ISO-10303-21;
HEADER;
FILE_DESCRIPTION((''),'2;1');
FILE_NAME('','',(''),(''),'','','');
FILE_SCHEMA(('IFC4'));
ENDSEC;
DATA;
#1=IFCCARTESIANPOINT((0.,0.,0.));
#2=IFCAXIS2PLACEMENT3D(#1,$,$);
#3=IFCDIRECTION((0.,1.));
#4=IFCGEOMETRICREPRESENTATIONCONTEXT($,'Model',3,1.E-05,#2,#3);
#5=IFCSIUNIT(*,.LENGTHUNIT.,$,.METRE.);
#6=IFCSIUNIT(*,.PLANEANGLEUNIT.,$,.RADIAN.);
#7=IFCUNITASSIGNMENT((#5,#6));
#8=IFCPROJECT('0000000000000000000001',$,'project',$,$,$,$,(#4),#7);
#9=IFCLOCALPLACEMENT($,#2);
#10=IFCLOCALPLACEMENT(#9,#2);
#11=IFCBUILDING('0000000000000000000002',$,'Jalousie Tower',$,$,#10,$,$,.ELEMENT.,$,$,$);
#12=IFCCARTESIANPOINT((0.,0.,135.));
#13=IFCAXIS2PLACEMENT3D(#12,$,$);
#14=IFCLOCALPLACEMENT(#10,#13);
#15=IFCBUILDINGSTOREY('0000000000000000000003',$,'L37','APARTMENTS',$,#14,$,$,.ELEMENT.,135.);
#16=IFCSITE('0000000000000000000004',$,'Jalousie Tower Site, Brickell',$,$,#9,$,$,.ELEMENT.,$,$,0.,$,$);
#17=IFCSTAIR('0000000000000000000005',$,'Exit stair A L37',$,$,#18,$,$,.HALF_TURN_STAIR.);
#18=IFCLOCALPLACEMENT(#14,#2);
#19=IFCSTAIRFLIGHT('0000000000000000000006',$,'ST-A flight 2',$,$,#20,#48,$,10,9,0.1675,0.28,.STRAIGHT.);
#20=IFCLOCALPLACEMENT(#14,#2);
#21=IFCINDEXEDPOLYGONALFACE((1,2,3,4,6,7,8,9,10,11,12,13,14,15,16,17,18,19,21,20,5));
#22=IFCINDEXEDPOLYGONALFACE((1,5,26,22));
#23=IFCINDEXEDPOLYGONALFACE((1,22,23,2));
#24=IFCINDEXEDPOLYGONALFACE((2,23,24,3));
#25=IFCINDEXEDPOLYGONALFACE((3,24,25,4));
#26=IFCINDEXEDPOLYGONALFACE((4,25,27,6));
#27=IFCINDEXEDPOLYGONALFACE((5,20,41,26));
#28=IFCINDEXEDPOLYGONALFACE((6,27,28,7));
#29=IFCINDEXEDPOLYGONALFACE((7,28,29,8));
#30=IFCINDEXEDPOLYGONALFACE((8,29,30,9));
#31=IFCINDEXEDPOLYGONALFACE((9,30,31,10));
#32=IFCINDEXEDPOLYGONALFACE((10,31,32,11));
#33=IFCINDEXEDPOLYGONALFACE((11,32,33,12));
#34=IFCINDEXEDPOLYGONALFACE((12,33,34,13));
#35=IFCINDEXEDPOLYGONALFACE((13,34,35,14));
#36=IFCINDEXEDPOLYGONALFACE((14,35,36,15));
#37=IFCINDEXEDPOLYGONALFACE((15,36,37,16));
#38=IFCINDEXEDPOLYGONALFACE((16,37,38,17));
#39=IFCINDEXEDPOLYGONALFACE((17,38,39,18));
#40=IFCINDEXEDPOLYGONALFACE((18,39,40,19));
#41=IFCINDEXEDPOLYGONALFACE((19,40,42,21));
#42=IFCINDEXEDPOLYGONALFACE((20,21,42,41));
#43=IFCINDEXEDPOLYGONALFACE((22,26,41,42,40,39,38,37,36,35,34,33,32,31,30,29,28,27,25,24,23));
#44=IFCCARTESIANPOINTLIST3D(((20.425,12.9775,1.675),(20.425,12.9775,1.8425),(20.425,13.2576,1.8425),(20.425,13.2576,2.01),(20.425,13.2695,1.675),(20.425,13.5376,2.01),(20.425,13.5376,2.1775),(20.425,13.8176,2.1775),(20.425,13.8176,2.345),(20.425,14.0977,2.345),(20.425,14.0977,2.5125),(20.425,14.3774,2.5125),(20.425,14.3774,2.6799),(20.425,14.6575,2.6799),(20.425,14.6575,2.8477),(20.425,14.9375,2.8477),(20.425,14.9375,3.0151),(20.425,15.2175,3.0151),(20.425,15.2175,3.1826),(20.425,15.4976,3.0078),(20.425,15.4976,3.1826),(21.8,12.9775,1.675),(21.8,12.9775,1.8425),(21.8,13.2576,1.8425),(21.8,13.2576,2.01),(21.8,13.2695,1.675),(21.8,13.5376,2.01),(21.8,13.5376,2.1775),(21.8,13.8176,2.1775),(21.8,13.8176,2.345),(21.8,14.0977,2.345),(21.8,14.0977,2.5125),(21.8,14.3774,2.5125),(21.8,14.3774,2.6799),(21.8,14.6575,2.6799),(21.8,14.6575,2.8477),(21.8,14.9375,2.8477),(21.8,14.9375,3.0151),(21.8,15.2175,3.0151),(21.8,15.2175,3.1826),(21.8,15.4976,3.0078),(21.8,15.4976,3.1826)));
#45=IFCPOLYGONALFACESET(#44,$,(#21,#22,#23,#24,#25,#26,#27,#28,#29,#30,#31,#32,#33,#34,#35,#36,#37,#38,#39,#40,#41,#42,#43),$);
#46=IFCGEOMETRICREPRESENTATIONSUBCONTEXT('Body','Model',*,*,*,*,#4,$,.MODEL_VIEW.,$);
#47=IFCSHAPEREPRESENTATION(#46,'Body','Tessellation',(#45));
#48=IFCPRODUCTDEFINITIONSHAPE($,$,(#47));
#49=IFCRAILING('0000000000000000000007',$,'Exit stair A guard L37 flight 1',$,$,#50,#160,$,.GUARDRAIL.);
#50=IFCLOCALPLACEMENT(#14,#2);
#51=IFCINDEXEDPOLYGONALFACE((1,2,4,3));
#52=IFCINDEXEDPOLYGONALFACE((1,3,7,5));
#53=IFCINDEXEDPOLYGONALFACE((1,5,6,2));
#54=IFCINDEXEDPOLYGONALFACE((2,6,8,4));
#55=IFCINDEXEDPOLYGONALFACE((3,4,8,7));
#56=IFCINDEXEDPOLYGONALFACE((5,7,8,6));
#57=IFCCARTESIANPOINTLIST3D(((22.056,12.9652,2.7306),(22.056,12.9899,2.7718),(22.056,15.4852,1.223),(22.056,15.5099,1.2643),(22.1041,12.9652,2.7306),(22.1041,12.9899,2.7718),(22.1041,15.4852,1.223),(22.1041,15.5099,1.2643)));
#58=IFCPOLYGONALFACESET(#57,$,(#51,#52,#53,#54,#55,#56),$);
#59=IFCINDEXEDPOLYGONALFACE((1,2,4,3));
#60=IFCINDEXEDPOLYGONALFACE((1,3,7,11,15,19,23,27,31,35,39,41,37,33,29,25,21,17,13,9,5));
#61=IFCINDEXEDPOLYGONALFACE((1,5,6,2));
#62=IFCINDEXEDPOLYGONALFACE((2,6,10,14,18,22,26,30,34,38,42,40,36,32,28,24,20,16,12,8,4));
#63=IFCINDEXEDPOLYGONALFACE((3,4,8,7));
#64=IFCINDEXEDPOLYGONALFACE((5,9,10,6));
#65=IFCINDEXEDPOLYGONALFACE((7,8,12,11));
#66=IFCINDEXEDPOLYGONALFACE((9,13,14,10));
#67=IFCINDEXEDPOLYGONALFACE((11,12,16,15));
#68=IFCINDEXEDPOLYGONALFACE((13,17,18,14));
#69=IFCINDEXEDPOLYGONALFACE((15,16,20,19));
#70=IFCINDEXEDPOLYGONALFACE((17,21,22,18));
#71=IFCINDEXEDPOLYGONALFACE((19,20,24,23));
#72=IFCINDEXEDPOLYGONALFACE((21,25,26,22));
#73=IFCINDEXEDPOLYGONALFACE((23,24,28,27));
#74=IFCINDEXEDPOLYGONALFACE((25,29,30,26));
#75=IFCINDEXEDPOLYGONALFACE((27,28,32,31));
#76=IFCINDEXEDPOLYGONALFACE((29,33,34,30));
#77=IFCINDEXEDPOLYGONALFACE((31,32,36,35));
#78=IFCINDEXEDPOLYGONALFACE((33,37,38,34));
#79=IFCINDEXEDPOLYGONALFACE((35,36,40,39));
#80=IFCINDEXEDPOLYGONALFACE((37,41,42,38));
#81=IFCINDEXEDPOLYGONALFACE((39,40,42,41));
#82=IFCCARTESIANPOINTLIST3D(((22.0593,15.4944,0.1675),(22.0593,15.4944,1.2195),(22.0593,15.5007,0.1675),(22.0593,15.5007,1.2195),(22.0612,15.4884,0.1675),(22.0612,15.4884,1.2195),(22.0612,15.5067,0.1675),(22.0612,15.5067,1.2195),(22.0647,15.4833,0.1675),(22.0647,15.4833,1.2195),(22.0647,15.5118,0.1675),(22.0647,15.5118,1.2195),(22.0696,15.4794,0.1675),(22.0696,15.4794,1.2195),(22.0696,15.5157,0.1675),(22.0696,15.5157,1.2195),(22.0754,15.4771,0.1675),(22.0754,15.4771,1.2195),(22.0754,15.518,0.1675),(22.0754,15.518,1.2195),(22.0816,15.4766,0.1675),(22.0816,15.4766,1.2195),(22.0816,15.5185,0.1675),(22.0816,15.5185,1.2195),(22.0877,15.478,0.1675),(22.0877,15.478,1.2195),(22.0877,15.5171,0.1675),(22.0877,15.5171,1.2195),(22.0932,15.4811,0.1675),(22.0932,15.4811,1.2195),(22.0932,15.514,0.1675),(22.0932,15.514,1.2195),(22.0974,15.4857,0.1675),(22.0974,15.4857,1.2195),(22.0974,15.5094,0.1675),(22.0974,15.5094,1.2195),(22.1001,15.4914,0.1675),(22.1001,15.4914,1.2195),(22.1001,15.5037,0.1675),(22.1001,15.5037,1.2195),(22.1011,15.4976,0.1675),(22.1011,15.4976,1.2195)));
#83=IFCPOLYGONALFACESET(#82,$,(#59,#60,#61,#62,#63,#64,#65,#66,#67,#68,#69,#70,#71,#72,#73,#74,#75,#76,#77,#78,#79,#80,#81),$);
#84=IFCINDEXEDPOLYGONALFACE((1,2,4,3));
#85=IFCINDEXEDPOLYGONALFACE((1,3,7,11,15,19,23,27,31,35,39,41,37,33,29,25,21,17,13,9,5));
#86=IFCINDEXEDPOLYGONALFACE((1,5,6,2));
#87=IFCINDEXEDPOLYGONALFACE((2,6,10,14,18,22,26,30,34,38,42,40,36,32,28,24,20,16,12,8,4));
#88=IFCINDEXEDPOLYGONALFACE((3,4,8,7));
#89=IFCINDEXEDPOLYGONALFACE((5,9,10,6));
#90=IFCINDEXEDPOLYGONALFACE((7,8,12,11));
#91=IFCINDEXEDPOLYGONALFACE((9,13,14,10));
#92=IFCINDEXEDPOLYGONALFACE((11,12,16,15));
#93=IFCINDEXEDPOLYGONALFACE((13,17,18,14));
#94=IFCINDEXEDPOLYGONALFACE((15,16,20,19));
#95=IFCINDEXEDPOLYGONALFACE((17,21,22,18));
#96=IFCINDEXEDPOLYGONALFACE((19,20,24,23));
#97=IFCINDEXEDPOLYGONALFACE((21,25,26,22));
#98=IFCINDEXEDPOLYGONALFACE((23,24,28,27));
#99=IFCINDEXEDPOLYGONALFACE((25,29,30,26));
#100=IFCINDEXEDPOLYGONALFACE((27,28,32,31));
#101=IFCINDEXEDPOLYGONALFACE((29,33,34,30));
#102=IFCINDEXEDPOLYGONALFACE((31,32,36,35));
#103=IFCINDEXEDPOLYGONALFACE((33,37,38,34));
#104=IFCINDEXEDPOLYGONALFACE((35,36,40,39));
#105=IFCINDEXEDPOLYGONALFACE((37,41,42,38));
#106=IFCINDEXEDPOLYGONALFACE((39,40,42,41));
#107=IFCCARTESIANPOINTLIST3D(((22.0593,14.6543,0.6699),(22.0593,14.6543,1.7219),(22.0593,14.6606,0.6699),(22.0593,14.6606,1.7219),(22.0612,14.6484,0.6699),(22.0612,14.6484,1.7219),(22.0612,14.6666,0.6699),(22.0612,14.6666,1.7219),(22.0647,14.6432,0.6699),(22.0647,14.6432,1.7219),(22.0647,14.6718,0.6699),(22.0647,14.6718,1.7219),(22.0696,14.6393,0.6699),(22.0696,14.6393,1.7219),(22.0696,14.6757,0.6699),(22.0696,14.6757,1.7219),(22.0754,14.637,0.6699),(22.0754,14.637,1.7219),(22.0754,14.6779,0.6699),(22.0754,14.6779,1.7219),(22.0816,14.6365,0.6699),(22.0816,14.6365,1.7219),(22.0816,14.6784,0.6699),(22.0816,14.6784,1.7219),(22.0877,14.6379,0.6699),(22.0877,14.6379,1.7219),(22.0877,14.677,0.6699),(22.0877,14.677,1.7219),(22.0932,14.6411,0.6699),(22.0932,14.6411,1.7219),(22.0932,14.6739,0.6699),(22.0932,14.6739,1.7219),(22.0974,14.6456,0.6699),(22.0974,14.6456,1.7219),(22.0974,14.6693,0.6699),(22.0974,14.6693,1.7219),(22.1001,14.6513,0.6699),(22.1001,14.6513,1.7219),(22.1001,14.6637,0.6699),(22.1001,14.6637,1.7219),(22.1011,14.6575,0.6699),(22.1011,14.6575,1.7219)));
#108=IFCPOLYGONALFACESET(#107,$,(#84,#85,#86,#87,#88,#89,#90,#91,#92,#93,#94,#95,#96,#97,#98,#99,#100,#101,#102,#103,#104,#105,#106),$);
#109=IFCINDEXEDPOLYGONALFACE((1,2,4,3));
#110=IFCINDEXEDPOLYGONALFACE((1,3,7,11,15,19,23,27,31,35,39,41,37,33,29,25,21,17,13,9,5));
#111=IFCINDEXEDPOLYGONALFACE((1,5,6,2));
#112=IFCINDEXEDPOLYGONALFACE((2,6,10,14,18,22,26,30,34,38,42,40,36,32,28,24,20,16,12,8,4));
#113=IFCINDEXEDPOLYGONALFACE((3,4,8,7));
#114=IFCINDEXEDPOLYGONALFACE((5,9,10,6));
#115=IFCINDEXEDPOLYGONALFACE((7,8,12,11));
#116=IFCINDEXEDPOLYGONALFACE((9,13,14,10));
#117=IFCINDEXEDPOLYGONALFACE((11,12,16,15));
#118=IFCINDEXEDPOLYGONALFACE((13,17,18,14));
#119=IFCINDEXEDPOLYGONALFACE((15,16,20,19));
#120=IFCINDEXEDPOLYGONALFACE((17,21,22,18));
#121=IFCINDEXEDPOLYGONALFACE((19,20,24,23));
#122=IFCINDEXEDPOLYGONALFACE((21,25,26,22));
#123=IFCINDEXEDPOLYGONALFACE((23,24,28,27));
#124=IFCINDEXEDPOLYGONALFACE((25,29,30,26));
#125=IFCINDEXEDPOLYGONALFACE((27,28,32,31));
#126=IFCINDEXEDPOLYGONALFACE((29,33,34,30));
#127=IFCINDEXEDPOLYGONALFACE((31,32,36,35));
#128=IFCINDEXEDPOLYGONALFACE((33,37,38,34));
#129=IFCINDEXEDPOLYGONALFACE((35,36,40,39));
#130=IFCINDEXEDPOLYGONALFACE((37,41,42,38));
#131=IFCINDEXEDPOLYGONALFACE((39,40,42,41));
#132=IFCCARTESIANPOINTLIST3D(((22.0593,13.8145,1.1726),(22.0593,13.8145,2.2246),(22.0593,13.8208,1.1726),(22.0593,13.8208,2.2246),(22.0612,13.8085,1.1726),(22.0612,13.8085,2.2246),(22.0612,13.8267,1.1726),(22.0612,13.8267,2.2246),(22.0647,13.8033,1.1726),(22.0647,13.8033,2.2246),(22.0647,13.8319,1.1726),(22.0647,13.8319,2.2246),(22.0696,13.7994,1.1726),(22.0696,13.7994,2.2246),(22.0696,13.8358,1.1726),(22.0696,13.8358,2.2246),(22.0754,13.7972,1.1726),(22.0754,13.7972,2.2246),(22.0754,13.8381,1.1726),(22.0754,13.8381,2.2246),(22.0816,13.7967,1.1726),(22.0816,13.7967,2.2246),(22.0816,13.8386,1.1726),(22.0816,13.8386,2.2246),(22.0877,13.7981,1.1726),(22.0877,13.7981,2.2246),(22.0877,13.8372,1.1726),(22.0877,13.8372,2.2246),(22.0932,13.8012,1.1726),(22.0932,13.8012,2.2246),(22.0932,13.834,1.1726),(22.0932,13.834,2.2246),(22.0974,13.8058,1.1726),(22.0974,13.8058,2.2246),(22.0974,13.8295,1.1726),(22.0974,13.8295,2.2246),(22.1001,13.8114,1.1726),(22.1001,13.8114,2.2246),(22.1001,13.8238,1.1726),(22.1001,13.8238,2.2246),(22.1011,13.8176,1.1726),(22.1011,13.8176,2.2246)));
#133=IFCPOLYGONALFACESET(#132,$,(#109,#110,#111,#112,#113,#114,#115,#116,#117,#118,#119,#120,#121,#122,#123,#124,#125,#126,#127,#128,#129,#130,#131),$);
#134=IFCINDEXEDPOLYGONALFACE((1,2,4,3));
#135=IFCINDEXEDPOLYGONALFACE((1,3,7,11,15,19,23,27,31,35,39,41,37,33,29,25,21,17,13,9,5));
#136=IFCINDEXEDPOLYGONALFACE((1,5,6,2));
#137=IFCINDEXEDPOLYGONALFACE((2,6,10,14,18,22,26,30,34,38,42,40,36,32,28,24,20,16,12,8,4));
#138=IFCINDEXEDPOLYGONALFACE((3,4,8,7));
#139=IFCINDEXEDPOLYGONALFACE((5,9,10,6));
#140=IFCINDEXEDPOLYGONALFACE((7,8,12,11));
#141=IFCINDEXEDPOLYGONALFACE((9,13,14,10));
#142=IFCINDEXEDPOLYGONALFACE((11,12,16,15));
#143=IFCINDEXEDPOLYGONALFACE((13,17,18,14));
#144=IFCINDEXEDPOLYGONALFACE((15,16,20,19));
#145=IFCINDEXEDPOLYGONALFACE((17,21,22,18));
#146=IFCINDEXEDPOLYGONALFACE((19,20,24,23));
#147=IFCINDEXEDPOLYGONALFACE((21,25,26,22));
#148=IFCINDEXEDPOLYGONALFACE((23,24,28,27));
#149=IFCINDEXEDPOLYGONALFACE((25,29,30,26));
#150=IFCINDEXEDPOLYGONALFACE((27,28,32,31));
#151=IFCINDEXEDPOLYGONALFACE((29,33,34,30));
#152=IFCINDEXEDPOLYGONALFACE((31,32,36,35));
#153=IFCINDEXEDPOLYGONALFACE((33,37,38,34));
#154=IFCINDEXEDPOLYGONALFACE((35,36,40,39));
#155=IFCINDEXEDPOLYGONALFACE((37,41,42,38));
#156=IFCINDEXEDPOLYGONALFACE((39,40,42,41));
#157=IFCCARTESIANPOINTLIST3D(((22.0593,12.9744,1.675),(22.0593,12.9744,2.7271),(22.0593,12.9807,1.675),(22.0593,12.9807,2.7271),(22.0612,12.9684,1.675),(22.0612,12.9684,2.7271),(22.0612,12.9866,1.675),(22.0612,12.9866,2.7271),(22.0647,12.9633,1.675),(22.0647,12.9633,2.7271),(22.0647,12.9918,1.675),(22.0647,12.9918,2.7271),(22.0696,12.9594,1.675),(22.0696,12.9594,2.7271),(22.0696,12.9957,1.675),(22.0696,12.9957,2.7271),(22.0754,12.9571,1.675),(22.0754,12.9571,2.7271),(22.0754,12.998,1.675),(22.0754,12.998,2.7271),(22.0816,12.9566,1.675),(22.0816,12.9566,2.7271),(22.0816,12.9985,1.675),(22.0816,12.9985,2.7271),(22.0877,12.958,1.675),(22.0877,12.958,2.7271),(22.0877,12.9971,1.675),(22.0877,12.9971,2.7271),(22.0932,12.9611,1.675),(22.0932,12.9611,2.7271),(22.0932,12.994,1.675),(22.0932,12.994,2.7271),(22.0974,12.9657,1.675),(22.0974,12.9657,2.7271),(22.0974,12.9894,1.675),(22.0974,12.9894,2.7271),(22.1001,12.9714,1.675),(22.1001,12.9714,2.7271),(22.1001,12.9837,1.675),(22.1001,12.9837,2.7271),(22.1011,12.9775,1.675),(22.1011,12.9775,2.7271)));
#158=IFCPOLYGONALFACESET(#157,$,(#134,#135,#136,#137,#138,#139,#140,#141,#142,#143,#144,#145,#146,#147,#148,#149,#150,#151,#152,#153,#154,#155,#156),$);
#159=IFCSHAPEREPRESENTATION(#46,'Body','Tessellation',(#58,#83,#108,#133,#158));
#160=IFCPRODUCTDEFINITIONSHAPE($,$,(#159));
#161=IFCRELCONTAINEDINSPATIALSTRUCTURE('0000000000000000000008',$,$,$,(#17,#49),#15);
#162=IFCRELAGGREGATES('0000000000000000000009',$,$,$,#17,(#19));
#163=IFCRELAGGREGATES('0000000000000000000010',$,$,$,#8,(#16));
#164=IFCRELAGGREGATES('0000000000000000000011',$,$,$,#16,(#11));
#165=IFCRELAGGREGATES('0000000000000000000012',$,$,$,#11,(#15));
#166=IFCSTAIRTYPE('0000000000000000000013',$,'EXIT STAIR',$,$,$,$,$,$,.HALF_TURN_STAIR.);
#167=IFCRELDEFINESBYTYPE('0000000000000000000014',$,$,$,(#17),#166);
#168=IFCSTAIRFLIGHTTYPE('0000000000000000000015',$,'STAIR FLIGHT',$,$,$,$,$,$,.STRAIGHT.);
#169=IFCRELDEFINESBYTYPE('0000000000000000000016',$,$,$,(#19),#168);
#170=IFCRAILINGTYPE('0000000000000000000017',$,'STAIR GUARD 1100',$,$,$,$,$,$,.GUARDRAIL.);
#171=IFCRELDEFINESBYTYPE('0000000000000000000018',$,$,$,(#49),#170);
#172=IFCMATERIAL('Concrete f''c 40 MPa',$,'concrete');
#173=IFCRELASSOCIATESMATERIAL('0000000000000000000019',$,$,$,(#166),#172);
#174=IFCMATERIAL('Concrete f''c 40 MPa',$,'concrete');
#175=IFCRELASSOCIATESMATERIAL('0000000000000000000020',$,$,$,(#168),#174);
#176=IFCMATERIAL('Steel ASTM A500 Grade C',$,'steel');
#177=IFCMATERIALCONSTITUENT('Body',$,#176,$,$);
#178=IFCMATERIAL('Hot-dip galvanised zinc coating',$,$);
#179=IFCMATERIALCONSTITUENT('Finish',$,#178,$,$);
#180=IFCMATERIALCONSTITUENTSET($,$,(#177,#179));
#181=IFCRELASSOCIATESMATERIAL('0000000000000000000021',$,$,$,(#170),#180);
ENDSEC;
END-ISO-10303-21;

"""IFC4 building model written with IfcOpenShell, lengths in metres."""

from ifc_helpers import new_model, si_unit, direction, frame, origin, origin_2d, place, context, subcontext, project, spatial, polyline, rectangle, circle, outline, extrude, material, constituent, constituent_set, type_object, element, aggregate, save


model = new_model("IFC4")

# Units and contexts
model_context = context("Model", 3, precision=1e-05, world=origin(), true_north=direction((0.0, 1.0)))
body_context = subcontext(model_context, "Body", "Model", "MODEL_VIEW")
ifc_project = project(units=[si_unit("LENGTHUNIT", "METRE"), si_unit("PLANEANGLEUNIT", "RADIAN")], contexts=[model_context])

# Site, building, storey
site_placement = place(None, origin())
site = spatial("IfcSite", under=ifc_project, at=site_placement, Name="Jalousie Tower Site, Brickell", CompositionType="ELEMENT", RefElevation=0.0)
building_placement = place(site_placement, origin())
building = spatial("IfcBuilding", under=site, at=building_placement, Name="Jalousie Tower", CompositionType="ELEMENT")
storey_placement = place(building_placement, frame((0.0, 0.0, 135.0)))
storey = spatial("IfcBuildingStorey", under=building, at=storey_placement, Name="L37", Description="APARTMENTS", CompositionType="ELEMENT", Elevation=135.0)

# Stair, stair flight
ifc_material_1 = material(Name="Concrete f'c 40 MPa", Category="concrete")
stair_type = type_object("IfcStairType", Name="EXIT STAIR", PredefinedType="HALF_TURN_STAIR", material=ifc_material_1)
stair_placement = place(storey_placement, origin())
stair = element("IfcStair", 1, at=stair_placement, inside=storey, type_object=stair_type, Name="Exit stair A L37", PredefinedType="HALF_TURN_STAIR")
ifc_material_2 = material(Name="Concrete f'c 40 MPa", Category="concrete")
stair_flight_type = type_object("IfcStairFlightType", Name="STAIR FLIGHT", PredefinedType="STRAIGHT", material=ifc_material_2)
stair_flight_1_placement = place(storey_placement, frame((21.1125, 12.9775, 1.675), z_axis=(0.0, 0.0, 1.0), x_axis=(0.0, 1.0, 0.0)))
stair_flight_1 = element("IfcStairFlight", 2, at=stair_flight_1_placement, type_object=stair_flight_type, Name="ST-A flight 2", NumberOfRisers=10, NumberOfTreads=9, PredefinedType="STRAIGHT", RiserHeight=0.1675, TreadLength=0.28, context=body_context, shape_type="SweptSolid", body=[
    extrude(outline(polyline([(0.0, 0.0), (0.0, 0.1675), (0.28, 0.1675), (0.28, 0.335), (0.5601, 0.335), (0.5601, 0.5024), (0.8401, 0.5024), (0.8401, 0.6699), (1.1201, 0.6699), (1.1201, 0.8374), (1.3999, 0.8374), (1.3999, 1.0049), (1.6799, 1.0049), (1.6799, 1.1726), (1.96, 1.1726), (1.96, 1.3401), (2.24, 1.3401), (2.24, 1.5076), (2.52, 1.5076), (2.52, 1.675), (2.52, 1.3328), (0.292, 0.0), (0.0, 0.0)])), frame((0.0, 0.6875, 0.0), z_axis=(0.0, -1.0, 0.0), x_axis=(1.0, 0.0, 0.0)), (0.0, 0.0, 1.0), 1.375),
])
aggregate(stair, [stair_flight_1])

# Railing
ifc_material_3 = material(Name="Steel ASTM A500 Grade C", Category="steel")
ifc_constituent_1 = constituent(ifc_material_3, Name="Body")
ifc_material_4 = material(Name="Hot-dip galvanised zinc coating")
ifc_constituent_2 = constituent(ifc_material_4, Name="Finish")
ifc_constituent_set_1 = constituent_set(constituents=[ifc_constituent_1, ifc_constituent_2])
railing_type_1 = type_object("IfcRailingType", Name="STAIR GUARD 1100", PredefinedType="GUARDRAIL", material=ifc_constituent_set_1)
railing_1_placement = place(storey_placement, frame((22.0801, 15.4976, 0.1675)))
element("IfcRailing", 3, at=railing_1_placement, inside=storey, type_object=railing_type_1, Name="Exit stair A guard L37 flight 1", PredefinedType="GUARDRAIL", context=body_context, shape_type="SweptSolid", body=[
    extrude(rectangle(XDim=0.0481, YDim=0.0481, at=origin_2d()), frame((0.0, 0.0, 1.0762), z_axis=(0.0, -0.85816, 0.513383), x_axis=(1.0, 0.0, 0.0)), (0.0, 0.0, 1.0), 2.9365),
    extrude(circle(Radius=0.021, at=origin_2d()), origin(), (0.0, 0.0, 1.0), 1.052),
    extrude(circle(Radius=0.021, at=origin_2d()), frame((0.0, -0.8401, 0.5024)), (0.0, 0.0, 1.0), 1.052),
    extrude(circle(Radius=0.021, at=origin_2d()), frame((0.0, -1.6799, 1.0051)), (0.0, 0.0, 1.0), 1.052),
    extrude(circle(Radius=0.021, at=origin_2d()), frame((0.0, -2.52, 1.5076)), (0.0, 0.0, 1.0), 1.052),
])

save(model, "model.ifc")
